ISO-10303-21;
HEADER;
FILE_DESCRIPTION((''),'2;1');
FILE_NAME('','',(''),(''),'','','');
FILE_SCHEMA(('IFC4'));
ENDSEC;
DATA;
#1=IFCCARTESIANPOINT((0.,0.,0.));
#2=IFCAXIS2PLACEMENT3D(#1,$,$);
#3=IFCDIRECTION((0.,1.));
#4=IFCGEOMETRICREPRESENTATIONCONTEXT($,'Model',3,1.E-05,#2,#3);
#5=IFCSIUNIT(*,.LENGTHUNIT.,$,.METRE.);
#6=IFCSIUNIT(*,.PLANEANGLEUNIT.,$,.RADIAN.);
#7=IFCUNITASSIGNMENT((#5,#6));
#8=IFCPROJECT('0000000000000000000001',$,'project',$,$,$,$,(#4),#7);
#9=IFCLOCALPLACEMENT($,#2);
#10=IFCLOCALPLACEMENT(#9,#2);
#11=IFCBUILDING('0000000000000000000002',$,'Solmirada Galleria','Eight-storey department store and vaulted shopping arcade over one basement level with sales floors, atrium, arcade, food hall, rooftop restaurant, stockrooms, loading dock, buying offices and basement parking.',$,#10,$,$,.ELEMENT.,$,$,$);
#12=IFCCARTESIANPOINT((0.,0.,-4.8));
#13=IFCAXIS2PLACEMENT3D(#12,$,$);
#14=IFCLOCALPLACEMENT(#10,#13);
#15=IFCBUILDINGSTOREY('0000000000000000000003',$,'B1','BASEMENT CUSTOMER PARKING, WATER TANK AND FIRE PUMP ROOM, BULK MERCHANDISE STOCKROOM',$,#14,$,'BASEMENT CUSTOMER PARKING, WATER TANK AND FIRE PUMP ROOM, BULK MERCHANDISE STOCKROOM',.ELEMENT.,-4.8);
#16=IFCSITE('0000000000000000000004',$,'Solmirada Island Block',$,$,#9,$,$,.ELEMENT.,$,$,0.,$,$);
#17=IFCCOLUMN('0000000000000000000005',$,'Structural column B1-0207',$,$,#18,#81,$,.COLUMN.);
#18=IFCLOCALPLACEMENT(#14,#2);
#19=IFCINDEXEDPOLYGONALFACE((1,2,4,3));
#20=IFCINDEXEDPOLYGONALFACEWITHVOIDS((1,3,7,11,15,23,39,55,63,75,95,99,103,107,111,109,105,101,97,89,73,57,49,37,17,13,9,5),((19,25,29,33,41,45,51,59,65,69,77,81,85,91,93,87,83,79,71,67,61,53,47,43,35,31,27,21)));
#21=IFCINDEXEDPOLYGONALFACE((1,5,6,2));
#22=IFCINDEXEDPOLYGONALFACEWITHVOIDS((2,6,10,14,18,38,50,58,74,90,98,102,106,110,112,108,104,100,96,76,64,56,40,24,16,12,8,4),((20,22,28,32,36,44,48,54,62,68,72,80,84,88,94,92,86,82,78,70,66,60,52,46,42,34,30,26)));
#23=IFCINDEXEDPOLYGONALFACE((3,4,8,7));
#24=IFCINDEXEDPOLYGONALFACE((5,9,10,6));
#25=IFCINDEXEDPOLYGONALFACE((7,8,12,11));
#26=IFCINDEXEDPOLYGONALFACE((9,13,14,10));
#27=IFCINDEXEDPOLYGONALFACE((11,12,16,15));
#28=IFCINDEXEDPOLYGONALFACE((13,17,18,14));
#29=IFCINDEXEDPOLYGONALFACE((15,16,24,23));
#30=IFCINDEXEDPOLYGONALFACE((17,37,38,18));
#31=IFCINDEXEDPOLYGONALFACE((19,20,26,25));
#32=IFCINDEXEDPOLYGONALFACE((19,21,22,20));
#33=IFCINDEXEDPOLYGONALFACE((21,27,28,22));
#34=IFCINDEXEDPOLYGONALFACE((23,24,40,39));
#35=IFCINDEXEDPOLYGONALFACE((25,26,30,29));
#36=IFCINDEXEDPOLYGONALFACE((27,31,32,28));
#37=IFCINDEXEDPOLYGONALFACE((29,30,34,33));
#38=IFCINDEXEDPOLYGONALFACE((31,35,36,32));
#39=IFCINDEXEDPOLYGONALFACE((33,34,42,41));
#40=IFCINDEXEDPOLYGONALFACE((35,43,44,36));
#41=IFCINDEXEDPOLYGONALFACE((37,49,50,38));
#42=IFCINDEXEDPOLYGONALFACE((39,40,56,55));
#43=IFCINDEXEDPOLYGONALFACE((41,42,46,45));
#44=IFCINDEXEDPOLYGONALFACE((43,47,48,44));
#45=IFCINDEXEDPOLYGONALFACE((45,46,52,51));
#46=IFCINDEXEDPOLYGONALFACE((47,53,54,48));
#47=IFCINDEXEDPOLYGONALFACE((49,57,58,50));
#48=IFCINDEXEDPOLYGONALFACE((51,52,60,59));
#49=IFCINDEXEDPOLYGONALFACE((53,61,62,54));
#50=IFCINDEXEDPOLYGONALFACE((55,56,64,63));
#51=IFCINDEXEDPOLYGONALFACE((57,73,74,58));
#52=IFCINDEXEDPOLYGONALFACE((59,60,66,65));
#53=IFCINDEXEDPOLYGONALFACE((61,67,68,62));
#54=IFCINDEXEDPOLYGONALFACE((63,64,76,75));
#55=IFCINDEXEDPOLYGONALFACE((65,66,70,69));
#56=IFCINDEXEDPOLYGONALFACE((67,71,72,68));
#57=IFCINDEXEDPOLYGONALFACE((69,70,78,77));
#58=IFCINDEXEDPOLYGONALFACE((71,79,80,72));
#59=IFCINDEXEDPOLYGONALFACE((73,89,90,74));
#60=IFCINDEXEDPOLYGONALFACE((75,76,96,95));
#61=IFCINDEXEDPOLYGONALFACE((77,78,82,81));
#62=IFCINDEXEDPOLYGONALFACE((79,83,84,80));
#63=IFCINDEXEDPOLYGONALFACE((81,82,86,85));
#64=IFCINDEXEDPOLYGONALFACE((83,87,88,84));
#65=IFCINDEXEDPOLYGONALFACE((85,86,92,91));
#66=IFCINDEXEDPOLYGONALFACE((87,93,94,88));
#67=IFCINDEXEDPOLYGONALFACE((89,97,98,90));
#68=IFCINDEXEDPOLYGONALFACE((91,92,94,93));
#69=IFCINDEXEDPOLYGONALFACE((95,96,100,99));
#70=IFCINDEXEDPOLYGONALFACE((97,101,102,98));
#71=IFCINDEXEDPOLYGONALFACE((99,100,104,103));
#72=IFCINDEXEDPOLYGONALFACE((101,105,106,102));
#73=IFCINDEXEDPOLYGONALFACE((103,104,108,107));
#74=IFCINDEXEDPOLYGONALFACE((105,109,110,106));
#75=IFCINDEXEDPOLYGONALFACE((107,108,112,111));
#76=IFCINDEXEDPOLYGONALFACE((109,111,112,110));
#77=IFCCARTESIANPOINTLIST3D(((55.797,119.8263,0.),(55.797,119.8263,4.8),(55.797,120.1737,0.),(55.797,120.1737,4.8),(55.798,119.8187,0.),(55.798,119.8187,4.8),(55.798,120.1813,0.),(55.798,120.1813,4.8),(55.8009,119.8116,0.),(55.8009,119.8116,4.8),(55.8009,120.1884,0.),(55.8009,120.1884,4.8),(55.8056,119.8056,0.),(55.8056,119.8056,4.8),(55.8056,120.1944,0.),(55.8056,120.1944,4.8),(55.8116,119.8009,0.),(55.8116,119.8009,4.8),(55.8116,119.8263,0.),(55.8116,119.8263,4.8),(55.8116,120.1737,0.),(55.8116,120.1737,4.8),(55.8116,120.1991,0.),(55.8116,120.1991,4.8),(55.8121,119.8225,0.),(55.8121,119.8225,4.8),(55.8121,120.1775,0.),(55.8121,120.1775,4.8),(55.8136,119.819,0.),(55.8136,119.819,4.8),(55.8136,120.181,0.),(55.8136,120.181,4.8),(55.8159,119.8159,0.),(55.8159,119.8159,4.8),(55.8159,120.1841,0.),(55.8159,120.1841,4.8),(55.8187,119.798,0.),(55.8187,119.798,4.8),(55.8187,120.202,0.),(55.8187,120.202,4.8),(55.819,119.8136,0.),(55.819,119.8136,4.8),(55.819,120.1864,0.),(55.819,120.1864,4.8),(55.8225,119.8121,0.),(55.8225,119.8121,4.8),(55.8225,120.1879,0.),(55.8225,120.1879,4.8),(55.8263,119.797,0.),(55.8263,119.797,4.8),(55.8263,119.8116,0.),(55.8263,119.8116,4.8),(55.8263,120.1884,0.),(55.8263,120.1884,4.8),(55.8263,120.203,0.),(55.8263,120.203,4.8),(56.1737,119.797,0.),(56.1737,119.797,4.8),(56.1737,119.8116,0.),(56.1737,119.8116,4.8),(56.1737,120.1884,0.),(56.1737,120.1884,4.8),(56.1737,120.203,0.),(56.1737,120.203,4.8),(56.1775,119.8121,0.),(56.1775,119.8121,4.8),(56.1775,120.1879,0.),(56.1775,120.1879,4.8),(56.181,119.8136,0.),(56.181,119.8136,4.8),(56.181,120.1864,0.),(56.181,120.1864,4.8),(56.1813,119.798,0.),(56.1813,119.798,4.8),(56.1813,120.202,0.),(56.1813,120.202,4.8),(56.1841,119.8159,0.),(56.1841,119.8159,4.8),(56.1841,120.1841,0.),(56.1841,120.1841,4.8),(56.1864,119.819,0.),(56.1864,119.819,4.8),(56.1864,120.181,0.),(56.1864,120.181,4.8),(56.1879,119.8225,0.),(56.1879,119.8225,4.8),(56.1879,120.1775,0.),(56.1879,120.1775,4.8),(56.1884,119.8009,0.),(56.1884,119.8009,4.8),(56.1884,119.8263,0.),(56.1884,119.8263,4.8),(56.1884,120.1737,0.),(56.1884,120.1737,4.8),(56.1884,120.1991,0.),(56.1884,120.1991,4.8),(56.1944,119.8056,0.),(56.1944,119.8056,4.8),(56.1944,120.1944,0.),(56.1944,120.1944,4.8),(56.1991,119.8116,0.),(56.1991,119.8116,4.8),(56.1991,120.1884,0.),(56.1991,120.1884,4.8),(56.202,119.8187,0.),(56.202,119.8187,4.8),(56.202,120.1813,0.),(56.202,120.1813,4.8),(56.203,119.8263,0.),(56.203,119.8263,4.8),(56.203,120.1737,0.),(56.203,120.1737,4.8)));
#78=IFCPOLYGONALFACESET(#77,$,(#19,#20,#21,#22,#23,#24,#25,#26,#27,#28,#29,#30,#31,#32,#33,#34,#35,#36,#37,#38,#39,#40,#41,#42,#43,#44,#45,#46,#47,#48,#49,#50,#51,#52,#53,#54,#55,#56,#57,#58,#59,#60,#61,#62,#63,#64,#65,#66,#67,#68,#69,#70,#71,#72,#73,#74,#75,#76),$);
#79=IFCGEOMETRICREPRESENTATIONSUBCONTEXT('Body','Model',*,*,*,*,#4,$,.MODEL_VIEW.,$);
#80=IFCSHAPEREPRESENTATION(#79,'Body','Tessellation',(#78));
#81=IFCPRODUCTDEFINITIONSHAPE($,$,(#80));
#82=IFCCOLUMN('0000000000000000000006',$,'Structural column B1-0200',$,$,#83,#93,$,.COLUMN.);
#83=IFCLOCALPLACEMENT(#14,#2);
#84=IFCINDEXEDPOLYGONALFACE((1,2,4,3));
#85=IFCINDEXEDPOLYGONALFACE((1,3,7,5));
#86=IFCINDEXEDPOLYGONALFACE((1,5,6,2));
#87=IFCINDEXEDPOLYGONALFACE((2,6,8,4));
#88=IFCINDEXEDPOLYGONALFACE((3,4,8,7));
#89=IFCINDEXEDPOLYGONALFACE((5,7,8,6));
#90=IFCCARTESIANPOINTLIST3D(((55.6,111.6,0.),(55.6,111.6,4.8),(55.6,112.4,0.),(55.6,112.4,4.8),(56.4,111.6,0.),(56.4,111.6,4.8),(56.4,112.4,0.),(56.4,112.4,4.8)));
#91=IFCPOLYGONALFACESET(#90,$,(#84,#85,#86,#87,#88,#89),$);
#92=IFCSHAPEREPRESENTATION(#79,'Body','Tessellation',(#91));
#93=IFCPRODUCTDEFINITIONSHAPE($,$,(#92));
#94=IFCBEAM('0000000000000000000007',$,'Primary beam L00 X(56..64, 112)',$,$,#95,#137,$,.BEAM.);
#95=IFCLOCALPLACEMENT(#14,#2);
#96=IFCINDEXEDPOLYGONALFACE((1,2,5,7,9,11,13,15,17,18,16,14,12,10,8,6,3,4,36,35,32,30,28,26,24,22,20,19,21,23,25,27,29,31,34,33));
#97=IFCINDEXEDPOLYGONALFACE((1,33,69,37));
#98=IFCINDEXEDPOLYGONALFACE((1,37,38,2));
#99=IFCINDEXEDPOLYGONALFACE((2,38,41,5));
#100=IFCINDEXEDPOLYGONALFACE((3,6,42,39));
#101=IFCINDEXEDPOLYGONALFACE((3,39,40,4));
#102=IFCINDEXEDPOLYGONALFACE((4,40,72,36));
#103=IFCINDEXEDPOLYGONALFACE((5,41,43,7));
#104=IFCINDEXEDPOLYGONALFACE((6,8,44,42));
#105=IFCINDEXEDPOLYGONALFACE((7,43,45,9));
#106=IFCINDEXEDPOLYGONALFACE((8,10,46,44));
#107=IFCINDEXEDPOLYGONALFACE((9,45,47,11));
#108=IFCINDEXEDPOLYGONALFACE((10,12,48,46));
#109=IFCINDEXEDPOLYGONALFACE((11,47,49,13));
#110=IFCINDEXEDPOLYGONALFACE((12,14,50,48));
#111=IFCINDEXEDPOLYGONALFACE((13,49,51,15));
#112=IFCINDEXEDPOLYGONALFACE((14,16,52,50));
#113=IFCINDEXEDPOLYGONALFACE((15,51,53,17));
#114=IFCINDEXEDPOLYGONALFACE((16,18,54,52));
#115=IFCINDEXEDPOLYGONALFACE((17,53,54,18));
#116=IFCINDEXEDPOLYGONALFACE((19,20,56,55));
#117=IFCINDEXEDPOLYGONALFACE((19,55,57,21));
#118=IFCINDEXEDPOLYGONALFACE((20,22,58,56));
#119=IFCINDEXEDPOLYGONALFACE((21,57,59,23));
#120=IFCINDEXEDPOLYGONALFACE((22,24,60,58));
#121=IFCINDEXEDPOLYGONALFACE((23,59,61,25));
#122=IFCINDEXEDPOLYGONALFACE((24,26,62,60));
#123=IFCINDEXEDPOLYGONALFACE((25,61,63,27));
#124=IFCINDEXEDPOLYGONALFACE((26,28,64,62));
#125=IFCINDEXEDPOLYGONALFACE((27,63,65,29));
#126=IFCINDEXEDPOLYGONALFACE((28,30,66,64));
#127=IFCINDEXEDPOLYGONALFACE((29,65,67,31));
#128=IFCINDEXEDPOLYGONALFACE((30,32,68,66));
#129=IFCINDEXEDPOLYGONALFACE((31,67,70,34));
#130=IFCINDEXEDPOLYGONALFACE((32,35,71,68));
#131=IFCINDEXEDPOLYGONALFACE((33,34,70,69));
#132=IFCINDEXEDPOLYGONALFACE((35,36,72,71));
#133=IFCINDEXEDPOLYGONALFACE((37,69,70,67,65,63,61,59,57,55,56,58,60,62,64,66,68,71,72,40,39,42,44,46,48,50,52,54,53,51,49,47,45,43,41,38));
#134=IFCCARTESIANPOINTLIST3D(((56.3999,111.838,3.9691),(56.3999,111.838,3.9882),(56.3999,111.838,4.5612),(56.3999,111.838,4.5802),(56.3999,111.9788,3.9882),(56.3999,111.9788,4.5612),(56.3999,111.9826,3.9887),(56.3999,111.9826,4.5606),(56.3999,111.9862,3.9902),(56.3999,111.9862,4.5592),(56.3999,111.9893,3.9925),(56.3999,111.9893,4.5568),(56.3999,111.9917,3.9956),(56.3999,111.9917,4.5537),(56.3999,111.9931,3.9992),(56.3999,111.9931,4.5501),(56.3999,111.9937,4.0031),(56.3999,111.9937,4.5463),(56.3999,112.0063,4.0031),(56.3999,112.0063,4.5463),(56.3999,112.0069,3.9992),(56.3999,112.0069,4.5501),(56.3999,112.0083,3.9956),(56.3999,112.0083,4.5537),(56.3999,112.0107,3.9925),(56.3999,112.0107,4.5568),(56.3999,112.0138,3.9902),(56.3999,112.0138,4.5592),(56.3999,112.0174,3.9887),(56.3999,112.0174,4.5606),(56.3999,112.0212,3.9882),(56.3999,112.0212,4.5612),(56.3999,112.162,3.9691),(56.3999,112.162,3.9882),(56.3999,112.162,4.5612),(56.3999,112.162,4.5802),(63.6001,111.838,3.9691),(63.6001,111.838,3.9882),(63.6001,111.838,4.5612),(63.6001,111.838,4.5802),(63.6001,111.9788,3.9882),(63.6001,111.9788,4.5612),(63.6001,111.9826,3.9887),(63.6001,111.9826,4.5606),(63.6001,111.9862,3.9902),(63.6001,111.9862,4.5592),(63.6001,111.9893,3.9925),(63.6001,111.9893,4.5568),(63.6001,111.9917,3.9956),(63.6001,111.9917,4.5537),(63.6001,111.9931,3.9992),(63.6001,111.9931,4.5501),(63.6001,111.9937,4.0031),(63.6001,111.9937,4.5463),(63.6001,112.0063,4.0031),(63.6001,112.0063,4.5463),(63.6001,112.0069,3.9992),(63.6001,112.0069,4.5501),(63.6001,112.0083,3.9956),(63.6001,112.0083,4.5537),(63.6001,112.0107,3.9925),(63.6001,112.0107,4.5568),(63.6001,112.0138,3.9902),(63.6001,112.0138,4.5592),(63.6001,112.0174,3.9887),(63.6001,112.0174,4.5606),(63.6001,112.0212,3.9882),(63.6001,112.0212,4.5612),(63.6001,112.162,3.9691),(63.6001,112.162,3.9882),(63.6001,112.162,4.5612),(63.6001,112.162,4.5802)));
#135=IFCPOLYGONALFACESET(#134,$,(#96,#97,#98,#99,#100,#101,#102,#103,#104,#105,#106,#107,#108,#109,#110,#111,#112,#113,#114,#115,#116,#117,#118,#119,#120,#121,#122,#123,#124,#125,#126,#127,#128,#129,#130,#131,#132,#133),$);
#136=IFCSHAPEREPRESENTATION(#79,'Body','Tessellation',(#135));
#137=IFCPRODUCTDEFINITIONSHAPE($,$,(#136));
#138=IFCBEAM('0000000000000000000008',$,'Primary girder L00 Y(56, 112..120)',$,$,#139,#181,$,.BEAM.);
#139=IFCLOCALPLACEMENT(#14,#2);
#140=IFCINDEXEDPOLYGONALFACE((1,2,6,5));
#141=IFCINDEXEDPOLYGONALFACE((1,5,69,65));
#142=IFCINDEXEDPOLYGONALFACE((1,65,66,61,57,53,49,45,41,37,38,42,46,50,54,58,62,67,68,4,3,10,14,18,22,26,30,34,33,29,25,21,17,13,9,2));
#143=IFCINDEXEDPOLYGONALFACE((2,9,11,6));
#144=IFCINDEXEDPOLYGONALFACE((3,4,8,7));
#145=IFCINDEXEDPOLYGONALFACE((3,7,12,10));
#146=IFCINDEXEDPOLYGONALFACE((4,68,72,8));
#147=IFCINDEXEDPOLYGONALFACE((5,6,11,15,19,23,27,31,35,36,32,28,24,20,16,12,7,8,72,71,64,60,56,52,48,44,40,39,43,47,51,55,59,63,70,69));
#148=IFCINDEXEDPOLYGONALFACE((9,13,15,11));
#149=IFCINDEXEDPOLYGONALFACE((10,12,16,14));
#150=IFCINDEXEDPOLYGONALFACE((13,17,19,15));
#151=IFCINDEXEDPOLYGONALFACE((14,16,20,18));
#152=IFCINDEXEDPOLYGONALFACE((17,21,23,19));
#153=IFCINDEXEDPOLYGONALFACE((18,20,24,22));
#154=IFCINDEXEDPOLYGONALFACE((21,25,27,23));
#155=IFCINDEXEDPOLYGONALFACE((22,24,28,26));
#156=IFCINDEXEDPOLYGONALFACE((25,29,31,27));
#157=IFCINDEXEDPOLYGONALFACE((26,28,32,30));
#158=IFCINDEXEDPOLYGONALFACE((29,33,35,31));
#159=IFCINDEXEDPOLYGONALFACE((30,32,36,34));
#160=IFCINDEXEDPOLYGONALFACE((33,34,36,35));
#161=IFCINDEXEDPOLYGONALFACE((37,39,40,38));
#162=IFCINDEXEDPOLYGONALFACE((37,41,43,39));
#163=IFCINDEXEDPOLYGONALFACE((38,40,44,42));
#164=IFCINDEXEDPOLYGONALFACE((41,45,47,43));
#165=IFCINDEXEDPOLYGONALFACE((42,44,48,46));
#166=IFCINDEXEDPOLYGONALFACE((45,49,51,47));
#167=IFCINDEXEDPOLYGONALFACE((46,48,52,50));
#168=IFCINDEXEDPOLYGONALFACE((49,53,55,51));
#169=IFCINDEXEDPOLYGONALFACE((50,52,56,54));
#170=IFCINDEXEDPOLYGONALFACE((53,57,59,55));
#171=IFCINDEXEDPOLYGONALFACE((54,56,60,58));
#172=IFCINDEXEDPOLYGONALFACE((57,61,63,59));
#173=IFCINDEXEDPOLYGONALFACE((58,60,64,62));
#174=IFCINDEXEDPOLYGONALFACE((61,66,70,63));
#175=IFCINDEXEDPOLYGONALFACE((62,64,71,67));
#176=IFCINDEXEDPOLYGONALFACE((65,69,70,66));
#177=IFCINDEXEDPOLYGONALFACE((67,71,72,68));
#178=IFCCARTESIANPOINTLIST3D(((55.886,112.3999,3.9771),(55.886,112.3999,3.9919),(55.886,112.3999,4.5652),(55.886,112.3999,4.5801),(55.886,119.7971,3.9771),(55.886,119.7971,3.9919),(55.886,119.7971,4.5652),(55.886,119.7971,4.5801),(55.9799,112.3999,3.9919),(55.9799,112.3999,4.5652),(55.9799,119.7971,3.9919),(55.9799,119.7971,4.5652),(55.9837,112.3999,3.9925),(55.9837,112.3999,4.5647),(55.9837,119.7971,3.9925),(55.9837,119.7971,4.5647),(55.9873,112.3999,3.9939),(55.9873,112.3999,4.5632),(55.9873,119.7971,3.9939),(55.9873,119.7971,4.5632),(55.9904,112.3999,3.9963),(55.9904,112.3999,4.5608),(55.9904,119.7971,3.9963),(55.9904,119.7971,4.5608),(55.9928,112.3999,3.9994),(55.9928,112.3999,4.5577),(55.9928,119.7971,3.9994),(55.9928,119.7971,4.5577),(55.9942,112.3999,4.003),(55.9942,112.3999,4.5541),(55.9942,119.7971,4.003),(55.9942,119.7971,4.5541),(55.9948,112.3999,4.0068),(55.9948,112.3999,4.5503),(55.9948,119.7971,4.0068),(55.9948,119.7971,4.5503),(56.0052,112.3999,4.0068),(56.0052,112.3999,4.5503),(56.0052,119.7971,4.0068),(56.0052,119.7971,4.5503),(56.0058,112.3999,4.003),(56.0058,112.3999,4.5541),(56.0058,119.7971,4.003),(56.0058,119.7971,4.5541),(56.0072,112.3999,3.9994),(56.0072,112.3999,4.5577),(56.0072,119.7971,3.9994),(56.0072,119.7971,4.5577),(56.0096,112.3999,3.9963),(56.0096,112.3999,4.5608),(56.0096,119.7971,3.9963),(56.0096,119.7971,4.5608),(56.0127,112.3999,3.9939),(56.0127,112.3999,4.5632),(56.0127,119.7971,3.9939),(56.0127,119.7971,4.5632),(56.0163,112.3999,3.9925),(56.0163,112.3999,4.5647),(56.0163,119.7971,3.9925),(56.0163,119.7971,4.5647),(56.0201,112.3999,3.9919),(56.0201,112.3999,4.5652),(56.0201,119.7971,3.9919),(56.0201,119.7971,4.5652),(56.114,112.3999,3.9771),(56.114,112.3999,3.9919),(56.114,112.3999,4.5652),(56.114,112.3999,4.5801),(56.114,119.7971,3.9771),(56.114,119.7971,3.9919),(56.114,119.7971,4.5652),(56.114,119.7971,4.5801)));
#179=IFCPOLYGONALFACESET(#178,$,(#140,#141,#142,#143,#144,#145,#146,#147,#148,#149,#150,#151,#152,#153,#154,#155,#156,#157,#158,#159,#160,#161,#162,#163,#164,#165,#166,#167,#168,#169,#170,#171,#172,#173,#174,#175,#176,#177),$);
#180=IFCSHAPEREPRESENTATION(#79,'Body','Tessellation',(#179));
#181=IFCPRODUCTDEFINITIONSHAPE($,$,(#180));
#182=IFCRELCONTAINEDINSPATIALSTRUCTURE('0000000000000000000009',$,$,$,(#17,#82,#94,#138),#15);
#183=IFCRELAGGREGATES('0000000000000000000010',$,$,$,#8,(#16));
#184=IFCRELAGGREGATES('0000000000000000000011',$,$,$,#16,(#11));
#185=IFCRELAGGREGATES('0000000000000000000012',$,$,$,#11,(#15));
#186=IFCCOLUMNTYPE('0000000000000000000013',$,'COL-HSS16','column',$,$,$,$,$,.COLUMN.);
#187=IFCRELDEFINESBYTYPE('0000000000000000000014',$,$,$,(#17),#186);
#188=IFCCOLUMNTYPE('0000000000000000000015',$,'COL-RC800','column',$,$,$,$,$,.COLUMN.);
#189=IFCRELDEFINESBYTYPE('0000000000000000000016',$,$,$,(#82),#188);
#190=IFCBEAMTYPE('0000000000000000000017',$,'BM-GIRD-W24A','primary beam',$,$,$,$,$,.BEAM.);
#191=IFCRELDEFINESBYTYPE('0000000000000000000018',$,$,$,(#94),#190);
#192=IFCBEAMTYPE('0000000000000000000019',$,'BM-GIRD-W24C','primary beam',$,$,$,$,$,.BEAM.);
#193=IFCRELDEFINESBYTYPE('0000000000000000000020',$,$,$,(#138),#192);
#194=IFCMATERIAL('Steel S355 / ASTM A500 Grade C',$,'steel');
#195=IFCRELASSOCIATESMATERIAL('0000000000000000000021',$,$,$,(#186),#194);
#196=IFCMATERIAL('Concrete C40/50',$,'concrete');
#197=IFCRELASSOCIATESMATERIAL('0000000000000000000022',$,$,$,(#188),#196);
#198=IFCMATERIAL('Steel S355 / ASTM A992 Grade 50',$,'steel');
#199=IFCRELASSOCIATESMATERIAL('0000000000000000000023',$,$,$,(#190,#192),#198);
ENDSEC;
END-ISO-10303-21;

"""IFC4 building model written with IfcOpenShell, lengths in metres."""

from ifc_helpers import new_model, si_unit, direction, frame, origin, origin_2d, place, context, subcontext, project, spatial, rectangle, hollow_rectangle, i_section, extrude, material, material_profile, profile_set, type_object, element, save


model = new_model("IFC4")

# Units and contexts
model_context = context("Model", 3, precision=1e-05, world=origin(), true_north=direction((0.0, 1.0)))
body_context = subcontext(model_context, "Body", "Model", "MODEL_VIEW")
ifc_project = project(units=[si_unit("LENGTHUNIT", "METRE"), si_unit("PLANEANGLEUNIT", "RADIAN")], contexts=[model_context])

# Site, building, storey
site_placement = place(None, origin())
site = spatial("IfcSite", under=ifc_project, at=site_placement, Name="Solmirada Island Block", CompositionType="ELEMENT", RefElevation=0.0)
building_placement = place(site_placement, origin())
building = spatial("IfcBuilding", under=site, at=building_placement, Name="Solmirada Galleria", Description="Eight-storey department store and vaulted shopping arcade over one basement level with sales floors, atrium, arcade, food hall, rooftop restaurant, stockrooms, loading dock, buying offices and basement parking.", CompositionType="ELEMENT")
storey_placement = place(building_placement, frame((0.0, 0.0, -4.8)))
storey = spatial("IfcBuildingStorey", under=building, at=storey_placement, Name="B1", Description="BASEMENT CUSTOMER PARKING, WATER TANK AND FIRE PUMP ROOM, BULK MERCHANDISE STOCKROOM", LongName="BASEMENT CUSTOMER PARKING, WATER TANK AND FIRE PUMP ROOM, BULK MERCHANDISE STOCKROOM", CompositionType="ELEMENT", Elevation=-4.8)

# Shared definitions
ifc_material_1 = material(Name="Concrete C40/50", Category="concrete")

# Columns
ifc_material_2 = material(Name="Steel S355 / ASTM A500 Grade C", Category="steel")
ifc_material_profile_1 = material_profile(ifc_material_2, hollow_rectangle(XDim=0.406, YDim=0.406, WallThickness=0.0146, InnerFilletRadius=0.0146, OuterFilletRadius=0.0293, at=origin_2d()), Name="HSS16X16X5/8")
ifc_profile_set_1 = profile_set([ifc_material_profile_1], Name="Steel S355 / ASTM A500 Grade C")
column_type_1 = type_object("IfcColumnType", Name="COL-HSS16", Description="column", PredefinedType="COLUMN", material=ifc_profile_set_1)
column_1_placement = place(storey_placement, frame((56.0, 120.0, 0.0), z_axis=(0.0, 0.0, 1.0), x_axis=(1.0, 0.0, 0.0)))
element("IfcColumn", 1, at=column_1_placement, inside=storey, type_object=column_type_1, Name="Structural column B1-0207", PredefinedType="COLUMN", context=body_context, shape_type="SweptSolid", body=[
    extrude(hollow_rectangle(XDim=0.406, YDim=0.406, WallThickness=0.0146, InnerFilletRadius=0.0146, OuterFilletRadius=0.0293, at=origin_2d()), origin(), (0.0, 0.0, 1.0), 4.8),
])
ifc_material_profile_2 = material_profile(ifc_material_1, rectangle(XDim=0.8, YDim=0.8, at=origin_2d()), Name="RC800X800")
ifc_profile_set_2 = profile_set([ifc_material_profile_2], Name="Concrete C40/50")
column_type_2 = type_object("IfcColumnType", Name="COL-RC800", Description="column", PredefinedType="COLUMN", material=ifc_profile_set_2)
column_2_placement = place(storey_placement, frame((56.0, 112.0, 0.0), z_axis=(0.0, 0.0, 1.0), x_axis=(1.0, 0.0, 0.0)))
element("IfcColumn", 2, at=column_2_placement, inside=storey, type_object=column_type_2, Name="Structural column B1-0200", PredefinedType="COLUMN", context=body_context, shape_type="SweptSolid", body=[
    extrude(rectangle(XDim=0.8, YDim=0.8, at=origin_2d()), origin(), (0.0, 0.0, 1.0), 4.8),
])

# Beams
ifc_material_3 = material(Name="Steel S355 / ASTM A992 Grade 50", Category="steel")
ifc_material_profile_3 = material_profile(ifc_material_3, i_section(OverallWidth=0.324, OverallDepth=0.6111, WebThickness=0.0127, FlangeThickness=0.019, FilletRadius=0.0149, at=origin_2d()), Name="W24X104")
ifc_profile_set_3 = profile_set([ifc_material_profile_3], Name="Steel S355 / ASTM A992 Grade 50")
beam_type_1 = type_object("IfcBeamType", Name="BM-GIRD-W24A", Description="primary beam", PredefinedType="BEAM", material=ifc_profile_set_3)
beam_1_placement = place(storey_placement, frame((56.3999, 112.0, 4.2747), z_axis=(1.0, 0.0, 0.0), x_axis=(0.0, 1.0, 0.0)))
element("IfcBeam", 3, at=beam_1_placement, inside=storey, type_object=beam_type_1, Name="Primary beam L00 X(56..64, 112)", PredefinedType="BEAM", context=body_context, shape_type="SweptSolid", body=[
    extrude(i_section(OverallWidth=0.324, OverallDepth=0.6111, WebThickness=0.0127, FlangeThickness=0.019, FilletRadius=0.0149, at=origin_2d()), origin(), (0.0, 0.0, 1.0), 7.2002),
])
ifc_material_profile_4 = material_profile(ifc_material_3, i_section(OverallWidth=0.228, OverallDepth=0.603, WebThickness=0.0105, FlangeThickness=0.0149, FilletRadius=0.0149, at=origin_2d()), Name="W24X68")
ifc_profile_set_4 = profile_set([ifc_material_profile_4], Name="Steel S355 / ASTM A992 Grade 50")
beam_type_2 = type_object("IfcBeamType", Name="BM-GIRD-W24C", Description="primary beam", PredefinedType="BEAM", material=ifc_profile_set_4)
beam_2_placement = place(storey_placement, frame((56.0, 112.3999, 4.2786), z_axis=(0.0, 1.0, 0.0), x_axis=(-1.0, 0.0, 0.0)))
element("IfcBeam", 4, at=beam_2_placement, inside=storey, type_object=beam_type_2, Name="Primary girder L00 Y(56, 112..120)", PredefinedType="BEAM", context=body_context, shape_type="SweptSolid", body=[
    extrude(i_section(OverallWidth=0.228, OverallDepth=0.603, WebThickness=0.0105, FlangeThickness=0.0149, FilletRadius=0.0149, at=origin_2d()), origin(), (0.0, 0.0, 1.0), 7.3972),
])

save(model, "model.ifc")
